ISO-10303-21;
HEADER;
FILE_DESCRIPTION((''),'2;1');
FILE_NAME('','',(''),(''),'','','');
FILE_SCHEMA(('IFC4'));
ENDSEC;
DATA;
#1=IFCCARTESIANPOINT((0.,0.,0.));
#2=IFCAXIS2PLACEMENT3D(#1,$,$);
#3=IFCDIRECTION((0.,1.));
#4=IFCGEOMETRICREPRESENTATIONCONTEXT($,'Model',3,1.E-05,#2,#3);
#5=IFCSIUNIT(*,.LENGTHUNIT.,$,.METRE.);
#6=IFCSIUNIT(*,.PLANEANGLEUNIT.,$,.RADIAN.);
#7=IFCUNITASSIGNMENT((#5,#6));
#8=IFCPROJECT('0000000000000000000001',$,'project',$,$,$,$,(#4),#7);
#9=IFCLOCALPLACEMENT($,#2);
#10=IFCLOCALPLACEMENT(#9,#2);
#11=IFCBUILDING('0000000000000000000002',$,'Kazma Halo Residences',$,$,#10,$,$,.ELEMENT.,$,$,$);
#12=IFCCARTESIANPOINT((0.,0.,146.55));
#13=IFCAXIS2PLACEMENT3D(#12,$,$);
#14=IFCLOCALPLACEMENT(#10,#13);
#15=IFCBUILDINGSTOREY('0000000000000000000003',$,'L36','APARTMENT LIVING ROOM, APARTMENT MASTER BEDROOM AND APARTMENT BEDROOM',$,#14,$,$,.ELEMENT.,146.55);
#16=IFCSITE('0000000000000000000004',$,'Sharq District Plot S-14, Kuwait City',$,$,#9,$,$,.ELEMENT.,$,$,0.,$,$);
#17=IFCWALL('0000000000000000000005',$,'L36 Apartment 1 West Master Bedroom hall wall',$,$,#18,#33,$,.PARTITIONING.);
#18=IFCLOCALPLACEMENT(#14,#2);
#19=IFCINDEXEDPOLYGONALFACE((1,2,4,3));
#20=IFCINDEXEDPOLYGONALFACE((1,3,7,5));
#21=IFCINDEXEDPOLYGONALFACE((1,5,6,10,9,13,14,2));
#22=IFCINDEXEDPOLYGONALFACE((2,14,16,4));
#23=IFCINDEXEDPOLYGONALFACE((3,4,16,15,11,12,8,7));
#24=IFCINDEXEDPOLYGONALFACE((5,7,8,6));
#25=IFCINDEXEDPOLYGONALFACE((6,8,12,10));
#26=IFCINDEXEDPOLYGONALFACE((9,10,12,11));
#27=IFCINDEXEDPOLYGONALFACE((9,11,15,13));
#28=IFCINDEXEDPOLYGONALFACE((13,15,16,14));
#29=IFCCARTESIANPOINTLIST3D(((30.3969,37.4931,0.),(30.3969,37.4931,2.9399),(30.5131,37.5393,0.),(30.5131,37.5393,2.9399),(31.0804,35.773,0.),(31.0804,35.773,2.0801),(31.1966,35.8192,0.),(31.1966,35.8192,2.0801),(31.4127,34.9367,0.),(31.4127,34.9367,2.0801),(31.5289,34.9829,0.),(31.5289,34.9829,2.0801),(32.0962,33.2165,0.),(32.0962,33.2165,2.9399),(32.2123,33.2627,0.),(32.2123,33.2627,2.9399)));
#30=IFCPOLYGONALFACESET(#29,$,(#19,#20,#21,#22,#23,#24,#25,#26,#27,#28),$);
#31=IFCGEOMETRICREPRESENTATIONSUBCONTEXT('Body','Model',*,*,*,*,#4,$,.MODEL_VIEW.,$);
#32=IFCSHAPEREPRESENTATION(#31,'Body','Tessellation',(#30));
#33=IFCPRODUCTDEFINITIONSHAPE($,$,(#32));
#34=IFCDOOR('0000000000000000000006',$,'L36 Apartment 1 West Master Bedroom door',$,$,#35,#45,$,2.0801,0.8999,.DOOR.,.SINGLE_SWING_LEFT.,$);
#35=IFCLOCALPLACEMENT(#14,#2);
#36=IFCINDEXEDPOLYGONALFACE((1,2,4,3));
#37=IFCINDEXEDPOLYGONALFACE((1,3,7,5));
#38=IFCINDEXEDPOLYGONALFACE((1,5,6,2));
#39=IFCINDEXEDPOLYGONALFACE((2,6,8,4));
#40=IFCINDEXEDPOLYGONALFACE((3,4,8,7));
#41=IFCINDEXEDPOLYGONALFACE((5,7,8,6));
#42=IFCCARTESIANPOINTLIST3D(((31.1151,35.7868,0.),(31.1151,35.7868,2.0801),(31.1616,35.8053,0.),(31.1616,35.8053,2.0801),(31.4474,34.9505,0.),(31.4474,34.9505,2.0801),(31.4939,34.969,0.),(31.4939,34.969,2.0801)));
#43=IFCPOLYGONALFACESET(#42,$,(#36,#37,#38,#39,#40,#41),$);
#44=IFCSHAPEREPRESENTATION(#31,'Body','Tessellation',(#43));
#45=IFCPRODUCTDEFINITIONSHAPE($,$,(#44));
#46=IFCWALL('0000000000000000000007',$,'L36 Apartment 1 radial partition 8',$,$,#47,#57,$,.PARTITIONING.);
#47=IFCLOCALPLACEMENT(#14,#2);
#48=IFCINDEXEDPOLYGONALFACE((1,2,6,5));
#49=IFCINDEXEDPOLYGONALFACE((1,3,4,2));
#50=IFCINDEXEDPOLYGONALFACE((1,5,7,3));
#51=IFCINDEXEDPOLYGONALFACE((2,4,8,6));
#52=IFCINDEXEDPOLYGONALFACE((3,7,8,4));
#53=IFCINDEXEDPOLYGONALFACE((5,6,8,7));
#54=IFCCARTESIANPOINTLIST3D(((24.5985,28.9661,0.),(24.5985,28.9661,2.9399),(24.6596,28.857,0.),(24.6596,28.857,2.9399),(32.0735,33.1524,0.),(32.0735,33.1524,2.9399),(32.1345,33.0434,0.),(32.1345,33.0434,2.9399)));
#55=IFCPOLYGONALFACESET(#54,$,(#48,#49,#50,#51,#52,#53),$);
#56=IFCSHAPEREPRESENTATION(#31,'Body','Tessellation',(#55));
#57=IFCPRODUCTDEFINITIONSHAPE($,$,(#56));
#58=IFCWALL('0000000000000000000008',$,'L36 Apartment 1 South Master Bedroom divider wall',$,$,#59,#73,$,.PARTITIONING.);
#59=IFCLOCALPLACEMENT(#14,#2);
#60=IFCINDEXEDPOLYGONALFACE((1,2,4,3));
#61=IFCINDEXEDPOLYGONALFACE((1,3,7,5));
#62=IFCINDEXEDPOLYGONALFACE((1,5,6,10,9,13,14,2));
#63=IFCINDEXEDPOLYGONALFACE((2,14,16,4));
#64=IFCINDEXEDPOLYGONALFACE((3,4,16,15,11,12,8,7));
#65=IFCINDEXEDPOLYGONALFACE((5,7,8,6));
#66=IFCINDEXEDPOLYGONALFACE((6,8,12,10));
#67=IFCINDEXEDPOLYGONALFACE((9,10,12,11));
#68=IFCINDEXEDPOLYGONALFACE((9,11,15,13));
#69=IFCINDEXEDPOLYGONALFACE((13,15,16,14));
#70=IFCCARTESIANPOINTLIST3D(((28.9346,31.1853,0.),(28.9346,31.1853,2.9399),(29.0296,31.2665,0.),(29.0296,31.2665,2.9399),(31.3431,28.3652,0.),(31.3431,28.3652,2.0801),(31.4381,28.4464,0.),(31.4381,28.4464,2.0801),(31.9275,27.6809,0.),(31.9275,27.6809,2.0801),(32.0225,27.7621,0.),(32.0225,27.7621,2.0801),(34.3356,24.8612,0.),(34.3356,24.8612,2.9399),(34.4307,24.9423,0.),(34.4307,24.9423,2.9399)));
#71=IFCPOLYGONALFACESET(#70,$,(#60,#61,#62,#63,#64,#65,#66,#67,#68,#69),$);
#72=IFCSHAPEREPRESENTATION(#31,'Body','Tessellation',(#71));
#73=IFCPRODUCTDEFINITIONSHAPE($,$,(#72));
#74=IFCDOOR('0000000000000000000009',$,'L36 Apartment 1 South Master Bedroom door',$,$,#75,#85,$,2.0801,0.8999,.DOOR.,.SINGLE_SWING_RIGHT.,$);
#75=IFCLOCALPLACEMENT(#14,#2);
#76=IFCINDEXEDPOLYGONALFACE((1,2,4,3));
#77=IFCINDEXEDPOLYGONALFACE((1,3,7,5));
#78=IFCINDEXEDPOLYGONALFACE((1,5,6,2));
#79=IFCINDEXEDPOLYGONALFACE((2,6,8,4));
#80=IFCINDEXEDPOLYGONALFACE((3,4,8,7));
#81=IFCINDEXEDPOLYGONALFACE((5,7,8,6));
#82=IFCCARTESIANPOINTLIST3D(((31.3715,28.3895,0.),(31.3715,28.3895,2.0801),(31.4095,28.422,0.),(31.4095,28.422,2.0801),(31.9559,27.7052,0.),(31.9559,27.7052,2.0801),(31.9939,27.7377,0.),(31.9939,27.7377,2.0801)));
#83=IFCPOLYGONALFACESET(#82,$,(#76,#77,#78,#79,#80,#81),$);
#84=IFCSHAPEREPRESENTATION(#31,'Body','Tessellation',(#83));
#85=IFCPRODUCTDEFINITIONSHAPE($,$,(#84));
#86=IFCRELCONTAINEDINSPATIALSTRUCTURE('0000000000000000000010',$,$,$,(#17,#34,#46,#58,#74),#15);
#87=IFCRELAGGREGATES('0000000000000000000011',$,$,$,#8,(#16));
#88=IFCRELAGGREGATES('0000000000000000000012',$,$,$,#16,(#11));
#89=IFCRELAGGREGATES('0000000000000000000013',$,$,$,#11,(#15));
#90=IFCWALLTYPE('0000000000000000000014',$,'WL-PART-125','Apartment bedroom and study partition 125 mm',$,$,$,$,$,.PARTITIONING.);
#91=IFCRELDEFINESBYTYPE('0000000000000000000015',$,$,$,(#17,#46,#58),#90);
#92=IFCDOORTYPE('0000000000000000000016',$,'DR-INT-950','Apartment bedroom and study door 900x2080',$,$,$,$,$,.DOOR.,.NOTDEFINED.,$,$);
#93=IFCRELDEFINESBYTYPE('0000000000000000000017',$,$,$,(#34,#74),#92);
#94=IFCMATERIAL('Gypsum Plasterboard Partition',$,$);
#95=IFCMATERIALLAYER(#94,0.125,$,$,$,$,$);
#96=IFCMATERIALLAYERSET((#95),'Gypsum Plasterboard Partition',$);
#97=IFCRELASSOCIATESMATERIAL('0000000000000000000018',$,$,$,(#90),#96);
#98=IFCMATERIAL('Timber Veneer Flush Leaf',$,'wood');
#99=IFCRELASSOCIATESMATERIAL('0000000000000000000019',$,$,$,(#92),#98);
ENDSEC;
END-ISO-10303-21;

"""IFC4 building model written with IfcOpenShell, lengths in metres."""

from ifc_helpers import new_model, si_unit, direction, frame, frame_2d, origin, place, context, subcontext, project, spatial, rectangle, extrude, material, layer, layer_set, type_object, element, fill, save


model = new_model("IFC4")

# Units and contexts
model_context = context("Model", 3, precision=1e-05, world=origin(), true_north=direction((0.0, 1.0)))
body_context = subcontext(model_context, "Body", "Model", "MODEL_VIEW")
ifc_project = project(units=[si_unit("LENGTHUNIT", "METRE"), si_unit("PLANEANGLEUNIT", "RADIAN")], contexts=[model_context])

# Site, building, storey
site_placement = place(None, origin())
site = spatial("IfcSite", under=ifc_project, at=site_placement, Name="Sharq District Plot S-14, Kuwait City", CompositionType="ELEMENT", RefElevation=0.0)
building_placement = place(site_placement, origin())
building = spatial("IfcBuilding", under=site, at=building_placement, Name="Kazma Halo Residences", CompositionType="ELEMENT")
storey_placement = place(building_placement, frame((0.0, 0.0, 146.55)))
storey = spatial("IfcBuildingStorey", under=building, at=storey_placement, Name="L36", Description="APARTMENT LIVING ROOM, APARTMENT MASTER BEDROOM AND APARTMENT BEDROOM", CompositionType="ELEMENT", Elevation=146.55)

# Shared definitions
ifc_material_1 = material(Name="Gypsum Plasterboard Partition")
ifc_layer_1 = layer(ifc_material_1, 0.125)
ifc_layer_set_1 = layer_set([ifc_layer_1], Name="Gypsum Plasterboard Partition")
wall_type_1 = type_object("IfcWallType", Name="WL-PART-125", Description="Apartment bedroom and study partition 125 mm", PredefinedType="PARTITIONING", material=ifc_layer_set_1)

# Wall, opening, door
wall_1_placement = place(storey_placement, frame((30.4551, 37.5161, 0.0), z_axis=(0.0, 0.0, 1.0), x_axis=(0.369249, -0.92933, 0.0)))
wall_1 = element("IfcWall", 1, at=wall_1_placement, inside=storey, type_object=wall_type_1, Name="L36 Apartment 1 West Master Bedroom hall wall", PredefinedType="PARTITIONING", context=body_context, shape_type="SweptSolid", body=[
    extrude(rectangle(XDim=4.6018, YDim=0.125, at=frame_2d((2.3008, 0.0))), origin(), (0.0, 0.0, 1.0), 2.9399),
])
opening_1_placement = place(wall_1_placement, frame((1.8508, 0.0, 0.0)))
opening_1 = element("IfcOpeningElement", 2, at=opening_1_placement, cuts=wall_1, PredefinedType="OPENING", context=body_context, shape_type="SweptSolid", body=[
    extrude(rectangle(XDim=0.8999, YDim=2.0801, at=frame_2d((0.45, 1.04))), frame((0.0, 0.0725, 0.0), z_axis=(0.0, -1.0, 0.0), x_axis=(1.0, 0.0, 0.0)), (0.0, 0.0, 1.0), 0.145),
])
ifc_material_2 = material(Name="Timber Veneer Flush Leaf", Category="wood")
door_type_1 = type_object("IfcDoorType", Name="DR-INT-950", Description="Apartment bedroom and study door 900x2080", OperationType="NOTDEFINED", PredefinedType="DOOR", material=ifc_material_2)
door_1_placement = place(opening_1_placement, origin())
door_1 = element("IfcDoor", 3, at=door_1_placement, inside=storey, type_object=door_type_1, Name="L36 Apartment 1 West Master Bedroom door", OperationType="SINGLE_SWING_LEFT", OverallHeight=2.0801, OverallWidth=0.8999, PredefinedType="DOOR", context=body_context, shape_type="SweptSolid", body=[
    extrude(rectangle(XDim=0.8999, YDim=2.0801, at=frame_2d((0.45, 1.04))), frame((0.0, 0.0249, 0.0), z_axis=(0.0, -1.0, 0.0), x_axis=(1.0, 0.0, 0.0)), (0.0, 0.0, 1.0), 0.05),
])
fill(opening_1, door_1)

# Wall
wall_2_placement = place(storey_placement, frame((32.104, 33.0979, 0.0), z_axis=(0.0, 0.0, 1.0), x_axis=(-0.872488, -0.488635, 0.0)))
element("IfcWall", 4, at=wall_2_placement, inside=storey, type_object=wall_type_1, Name="L36 Apartment 1 radial partition 8", PredefinedType="PARTITIONING", context=body_context, shape_type="SweptSolid", body=[
    extrude(rectangle(XDim=8.5674, YDim=0.125, at=frame_2d((4.2837, 0.0))), origin(), (0.0, 0.0, 1.0), 2.9399),
])

# Wall, opening, door
wall_3_placement = place(storey_placement, frame((28.9822, 31.2258, 0.0), z_axis=(0.0, 0.0, 1.0), x_axis=(0.649429, -0.760422, 0.0)))
wall_3 = element("IfcWall", 5, at=wall_3_placement, inside=storey, type_object=wall_type_1, Name="L36 Apartment 1 South Master Bedroom divider wall", PredefinedType="PARTITIONING", context=body_context, shape_type="SweptSolid", body=[
    extrude(rectangle(XDim=8.3167, YDim=0.125, at=frame_2d((4.1582, 0.0))), origin(), (0.0, 0.0, 1.0), 2.9399),
])
opening_2_placement = place(wall_3_placement, frame((3.7085, 0.0, 0.0)))
opening_2 = element("IfcOpeningElement", 6, at=opening_2_placement, cuts=wall_3, PredefinedType="OPENING", context=body_context, shape_type="SweptSolid", body=[
    extrude(rectangle(XDim=0.8999, YDim=2.0801, at=frame_2d((0.45, 1.04))), frame((0.0, 0.0725, 0.0), z_axis=(0.0, -1.0, 0.0), x_axis=(1.0, 0.0, 0.0)), (0.0, 0.0, 1.0), 0.145),
])
door_2_placement = place(opening_2_placement, origin())
door_2 = element("IfcDoor", 7, at=door_2_placement, inside=storey, type_object=door_type_1, Name="L36 Apartment 1 South Master Bedroom door", OperationType="SINGLE_SWING_RIGHT", OverallHeight=2.0801, OverallWidth=0.8999, PredefinedType="DOOR", context=body_context, shape_type="SweptSolid", body=[
    extrude(rectangle(XDim=0.8999, YDim=2.0801, at=frame_2d((0.45, 1.04))), frame((0.0, 0.0249, 0.0), z_axis=(0.0, -1.0, 0.0), x_axis=(1.0, 0.0, 0.0)), (0.0, 0.0, 1.0), 0.05),
])
fill(opening_2, door_2)

save(model, "model.ifc")
